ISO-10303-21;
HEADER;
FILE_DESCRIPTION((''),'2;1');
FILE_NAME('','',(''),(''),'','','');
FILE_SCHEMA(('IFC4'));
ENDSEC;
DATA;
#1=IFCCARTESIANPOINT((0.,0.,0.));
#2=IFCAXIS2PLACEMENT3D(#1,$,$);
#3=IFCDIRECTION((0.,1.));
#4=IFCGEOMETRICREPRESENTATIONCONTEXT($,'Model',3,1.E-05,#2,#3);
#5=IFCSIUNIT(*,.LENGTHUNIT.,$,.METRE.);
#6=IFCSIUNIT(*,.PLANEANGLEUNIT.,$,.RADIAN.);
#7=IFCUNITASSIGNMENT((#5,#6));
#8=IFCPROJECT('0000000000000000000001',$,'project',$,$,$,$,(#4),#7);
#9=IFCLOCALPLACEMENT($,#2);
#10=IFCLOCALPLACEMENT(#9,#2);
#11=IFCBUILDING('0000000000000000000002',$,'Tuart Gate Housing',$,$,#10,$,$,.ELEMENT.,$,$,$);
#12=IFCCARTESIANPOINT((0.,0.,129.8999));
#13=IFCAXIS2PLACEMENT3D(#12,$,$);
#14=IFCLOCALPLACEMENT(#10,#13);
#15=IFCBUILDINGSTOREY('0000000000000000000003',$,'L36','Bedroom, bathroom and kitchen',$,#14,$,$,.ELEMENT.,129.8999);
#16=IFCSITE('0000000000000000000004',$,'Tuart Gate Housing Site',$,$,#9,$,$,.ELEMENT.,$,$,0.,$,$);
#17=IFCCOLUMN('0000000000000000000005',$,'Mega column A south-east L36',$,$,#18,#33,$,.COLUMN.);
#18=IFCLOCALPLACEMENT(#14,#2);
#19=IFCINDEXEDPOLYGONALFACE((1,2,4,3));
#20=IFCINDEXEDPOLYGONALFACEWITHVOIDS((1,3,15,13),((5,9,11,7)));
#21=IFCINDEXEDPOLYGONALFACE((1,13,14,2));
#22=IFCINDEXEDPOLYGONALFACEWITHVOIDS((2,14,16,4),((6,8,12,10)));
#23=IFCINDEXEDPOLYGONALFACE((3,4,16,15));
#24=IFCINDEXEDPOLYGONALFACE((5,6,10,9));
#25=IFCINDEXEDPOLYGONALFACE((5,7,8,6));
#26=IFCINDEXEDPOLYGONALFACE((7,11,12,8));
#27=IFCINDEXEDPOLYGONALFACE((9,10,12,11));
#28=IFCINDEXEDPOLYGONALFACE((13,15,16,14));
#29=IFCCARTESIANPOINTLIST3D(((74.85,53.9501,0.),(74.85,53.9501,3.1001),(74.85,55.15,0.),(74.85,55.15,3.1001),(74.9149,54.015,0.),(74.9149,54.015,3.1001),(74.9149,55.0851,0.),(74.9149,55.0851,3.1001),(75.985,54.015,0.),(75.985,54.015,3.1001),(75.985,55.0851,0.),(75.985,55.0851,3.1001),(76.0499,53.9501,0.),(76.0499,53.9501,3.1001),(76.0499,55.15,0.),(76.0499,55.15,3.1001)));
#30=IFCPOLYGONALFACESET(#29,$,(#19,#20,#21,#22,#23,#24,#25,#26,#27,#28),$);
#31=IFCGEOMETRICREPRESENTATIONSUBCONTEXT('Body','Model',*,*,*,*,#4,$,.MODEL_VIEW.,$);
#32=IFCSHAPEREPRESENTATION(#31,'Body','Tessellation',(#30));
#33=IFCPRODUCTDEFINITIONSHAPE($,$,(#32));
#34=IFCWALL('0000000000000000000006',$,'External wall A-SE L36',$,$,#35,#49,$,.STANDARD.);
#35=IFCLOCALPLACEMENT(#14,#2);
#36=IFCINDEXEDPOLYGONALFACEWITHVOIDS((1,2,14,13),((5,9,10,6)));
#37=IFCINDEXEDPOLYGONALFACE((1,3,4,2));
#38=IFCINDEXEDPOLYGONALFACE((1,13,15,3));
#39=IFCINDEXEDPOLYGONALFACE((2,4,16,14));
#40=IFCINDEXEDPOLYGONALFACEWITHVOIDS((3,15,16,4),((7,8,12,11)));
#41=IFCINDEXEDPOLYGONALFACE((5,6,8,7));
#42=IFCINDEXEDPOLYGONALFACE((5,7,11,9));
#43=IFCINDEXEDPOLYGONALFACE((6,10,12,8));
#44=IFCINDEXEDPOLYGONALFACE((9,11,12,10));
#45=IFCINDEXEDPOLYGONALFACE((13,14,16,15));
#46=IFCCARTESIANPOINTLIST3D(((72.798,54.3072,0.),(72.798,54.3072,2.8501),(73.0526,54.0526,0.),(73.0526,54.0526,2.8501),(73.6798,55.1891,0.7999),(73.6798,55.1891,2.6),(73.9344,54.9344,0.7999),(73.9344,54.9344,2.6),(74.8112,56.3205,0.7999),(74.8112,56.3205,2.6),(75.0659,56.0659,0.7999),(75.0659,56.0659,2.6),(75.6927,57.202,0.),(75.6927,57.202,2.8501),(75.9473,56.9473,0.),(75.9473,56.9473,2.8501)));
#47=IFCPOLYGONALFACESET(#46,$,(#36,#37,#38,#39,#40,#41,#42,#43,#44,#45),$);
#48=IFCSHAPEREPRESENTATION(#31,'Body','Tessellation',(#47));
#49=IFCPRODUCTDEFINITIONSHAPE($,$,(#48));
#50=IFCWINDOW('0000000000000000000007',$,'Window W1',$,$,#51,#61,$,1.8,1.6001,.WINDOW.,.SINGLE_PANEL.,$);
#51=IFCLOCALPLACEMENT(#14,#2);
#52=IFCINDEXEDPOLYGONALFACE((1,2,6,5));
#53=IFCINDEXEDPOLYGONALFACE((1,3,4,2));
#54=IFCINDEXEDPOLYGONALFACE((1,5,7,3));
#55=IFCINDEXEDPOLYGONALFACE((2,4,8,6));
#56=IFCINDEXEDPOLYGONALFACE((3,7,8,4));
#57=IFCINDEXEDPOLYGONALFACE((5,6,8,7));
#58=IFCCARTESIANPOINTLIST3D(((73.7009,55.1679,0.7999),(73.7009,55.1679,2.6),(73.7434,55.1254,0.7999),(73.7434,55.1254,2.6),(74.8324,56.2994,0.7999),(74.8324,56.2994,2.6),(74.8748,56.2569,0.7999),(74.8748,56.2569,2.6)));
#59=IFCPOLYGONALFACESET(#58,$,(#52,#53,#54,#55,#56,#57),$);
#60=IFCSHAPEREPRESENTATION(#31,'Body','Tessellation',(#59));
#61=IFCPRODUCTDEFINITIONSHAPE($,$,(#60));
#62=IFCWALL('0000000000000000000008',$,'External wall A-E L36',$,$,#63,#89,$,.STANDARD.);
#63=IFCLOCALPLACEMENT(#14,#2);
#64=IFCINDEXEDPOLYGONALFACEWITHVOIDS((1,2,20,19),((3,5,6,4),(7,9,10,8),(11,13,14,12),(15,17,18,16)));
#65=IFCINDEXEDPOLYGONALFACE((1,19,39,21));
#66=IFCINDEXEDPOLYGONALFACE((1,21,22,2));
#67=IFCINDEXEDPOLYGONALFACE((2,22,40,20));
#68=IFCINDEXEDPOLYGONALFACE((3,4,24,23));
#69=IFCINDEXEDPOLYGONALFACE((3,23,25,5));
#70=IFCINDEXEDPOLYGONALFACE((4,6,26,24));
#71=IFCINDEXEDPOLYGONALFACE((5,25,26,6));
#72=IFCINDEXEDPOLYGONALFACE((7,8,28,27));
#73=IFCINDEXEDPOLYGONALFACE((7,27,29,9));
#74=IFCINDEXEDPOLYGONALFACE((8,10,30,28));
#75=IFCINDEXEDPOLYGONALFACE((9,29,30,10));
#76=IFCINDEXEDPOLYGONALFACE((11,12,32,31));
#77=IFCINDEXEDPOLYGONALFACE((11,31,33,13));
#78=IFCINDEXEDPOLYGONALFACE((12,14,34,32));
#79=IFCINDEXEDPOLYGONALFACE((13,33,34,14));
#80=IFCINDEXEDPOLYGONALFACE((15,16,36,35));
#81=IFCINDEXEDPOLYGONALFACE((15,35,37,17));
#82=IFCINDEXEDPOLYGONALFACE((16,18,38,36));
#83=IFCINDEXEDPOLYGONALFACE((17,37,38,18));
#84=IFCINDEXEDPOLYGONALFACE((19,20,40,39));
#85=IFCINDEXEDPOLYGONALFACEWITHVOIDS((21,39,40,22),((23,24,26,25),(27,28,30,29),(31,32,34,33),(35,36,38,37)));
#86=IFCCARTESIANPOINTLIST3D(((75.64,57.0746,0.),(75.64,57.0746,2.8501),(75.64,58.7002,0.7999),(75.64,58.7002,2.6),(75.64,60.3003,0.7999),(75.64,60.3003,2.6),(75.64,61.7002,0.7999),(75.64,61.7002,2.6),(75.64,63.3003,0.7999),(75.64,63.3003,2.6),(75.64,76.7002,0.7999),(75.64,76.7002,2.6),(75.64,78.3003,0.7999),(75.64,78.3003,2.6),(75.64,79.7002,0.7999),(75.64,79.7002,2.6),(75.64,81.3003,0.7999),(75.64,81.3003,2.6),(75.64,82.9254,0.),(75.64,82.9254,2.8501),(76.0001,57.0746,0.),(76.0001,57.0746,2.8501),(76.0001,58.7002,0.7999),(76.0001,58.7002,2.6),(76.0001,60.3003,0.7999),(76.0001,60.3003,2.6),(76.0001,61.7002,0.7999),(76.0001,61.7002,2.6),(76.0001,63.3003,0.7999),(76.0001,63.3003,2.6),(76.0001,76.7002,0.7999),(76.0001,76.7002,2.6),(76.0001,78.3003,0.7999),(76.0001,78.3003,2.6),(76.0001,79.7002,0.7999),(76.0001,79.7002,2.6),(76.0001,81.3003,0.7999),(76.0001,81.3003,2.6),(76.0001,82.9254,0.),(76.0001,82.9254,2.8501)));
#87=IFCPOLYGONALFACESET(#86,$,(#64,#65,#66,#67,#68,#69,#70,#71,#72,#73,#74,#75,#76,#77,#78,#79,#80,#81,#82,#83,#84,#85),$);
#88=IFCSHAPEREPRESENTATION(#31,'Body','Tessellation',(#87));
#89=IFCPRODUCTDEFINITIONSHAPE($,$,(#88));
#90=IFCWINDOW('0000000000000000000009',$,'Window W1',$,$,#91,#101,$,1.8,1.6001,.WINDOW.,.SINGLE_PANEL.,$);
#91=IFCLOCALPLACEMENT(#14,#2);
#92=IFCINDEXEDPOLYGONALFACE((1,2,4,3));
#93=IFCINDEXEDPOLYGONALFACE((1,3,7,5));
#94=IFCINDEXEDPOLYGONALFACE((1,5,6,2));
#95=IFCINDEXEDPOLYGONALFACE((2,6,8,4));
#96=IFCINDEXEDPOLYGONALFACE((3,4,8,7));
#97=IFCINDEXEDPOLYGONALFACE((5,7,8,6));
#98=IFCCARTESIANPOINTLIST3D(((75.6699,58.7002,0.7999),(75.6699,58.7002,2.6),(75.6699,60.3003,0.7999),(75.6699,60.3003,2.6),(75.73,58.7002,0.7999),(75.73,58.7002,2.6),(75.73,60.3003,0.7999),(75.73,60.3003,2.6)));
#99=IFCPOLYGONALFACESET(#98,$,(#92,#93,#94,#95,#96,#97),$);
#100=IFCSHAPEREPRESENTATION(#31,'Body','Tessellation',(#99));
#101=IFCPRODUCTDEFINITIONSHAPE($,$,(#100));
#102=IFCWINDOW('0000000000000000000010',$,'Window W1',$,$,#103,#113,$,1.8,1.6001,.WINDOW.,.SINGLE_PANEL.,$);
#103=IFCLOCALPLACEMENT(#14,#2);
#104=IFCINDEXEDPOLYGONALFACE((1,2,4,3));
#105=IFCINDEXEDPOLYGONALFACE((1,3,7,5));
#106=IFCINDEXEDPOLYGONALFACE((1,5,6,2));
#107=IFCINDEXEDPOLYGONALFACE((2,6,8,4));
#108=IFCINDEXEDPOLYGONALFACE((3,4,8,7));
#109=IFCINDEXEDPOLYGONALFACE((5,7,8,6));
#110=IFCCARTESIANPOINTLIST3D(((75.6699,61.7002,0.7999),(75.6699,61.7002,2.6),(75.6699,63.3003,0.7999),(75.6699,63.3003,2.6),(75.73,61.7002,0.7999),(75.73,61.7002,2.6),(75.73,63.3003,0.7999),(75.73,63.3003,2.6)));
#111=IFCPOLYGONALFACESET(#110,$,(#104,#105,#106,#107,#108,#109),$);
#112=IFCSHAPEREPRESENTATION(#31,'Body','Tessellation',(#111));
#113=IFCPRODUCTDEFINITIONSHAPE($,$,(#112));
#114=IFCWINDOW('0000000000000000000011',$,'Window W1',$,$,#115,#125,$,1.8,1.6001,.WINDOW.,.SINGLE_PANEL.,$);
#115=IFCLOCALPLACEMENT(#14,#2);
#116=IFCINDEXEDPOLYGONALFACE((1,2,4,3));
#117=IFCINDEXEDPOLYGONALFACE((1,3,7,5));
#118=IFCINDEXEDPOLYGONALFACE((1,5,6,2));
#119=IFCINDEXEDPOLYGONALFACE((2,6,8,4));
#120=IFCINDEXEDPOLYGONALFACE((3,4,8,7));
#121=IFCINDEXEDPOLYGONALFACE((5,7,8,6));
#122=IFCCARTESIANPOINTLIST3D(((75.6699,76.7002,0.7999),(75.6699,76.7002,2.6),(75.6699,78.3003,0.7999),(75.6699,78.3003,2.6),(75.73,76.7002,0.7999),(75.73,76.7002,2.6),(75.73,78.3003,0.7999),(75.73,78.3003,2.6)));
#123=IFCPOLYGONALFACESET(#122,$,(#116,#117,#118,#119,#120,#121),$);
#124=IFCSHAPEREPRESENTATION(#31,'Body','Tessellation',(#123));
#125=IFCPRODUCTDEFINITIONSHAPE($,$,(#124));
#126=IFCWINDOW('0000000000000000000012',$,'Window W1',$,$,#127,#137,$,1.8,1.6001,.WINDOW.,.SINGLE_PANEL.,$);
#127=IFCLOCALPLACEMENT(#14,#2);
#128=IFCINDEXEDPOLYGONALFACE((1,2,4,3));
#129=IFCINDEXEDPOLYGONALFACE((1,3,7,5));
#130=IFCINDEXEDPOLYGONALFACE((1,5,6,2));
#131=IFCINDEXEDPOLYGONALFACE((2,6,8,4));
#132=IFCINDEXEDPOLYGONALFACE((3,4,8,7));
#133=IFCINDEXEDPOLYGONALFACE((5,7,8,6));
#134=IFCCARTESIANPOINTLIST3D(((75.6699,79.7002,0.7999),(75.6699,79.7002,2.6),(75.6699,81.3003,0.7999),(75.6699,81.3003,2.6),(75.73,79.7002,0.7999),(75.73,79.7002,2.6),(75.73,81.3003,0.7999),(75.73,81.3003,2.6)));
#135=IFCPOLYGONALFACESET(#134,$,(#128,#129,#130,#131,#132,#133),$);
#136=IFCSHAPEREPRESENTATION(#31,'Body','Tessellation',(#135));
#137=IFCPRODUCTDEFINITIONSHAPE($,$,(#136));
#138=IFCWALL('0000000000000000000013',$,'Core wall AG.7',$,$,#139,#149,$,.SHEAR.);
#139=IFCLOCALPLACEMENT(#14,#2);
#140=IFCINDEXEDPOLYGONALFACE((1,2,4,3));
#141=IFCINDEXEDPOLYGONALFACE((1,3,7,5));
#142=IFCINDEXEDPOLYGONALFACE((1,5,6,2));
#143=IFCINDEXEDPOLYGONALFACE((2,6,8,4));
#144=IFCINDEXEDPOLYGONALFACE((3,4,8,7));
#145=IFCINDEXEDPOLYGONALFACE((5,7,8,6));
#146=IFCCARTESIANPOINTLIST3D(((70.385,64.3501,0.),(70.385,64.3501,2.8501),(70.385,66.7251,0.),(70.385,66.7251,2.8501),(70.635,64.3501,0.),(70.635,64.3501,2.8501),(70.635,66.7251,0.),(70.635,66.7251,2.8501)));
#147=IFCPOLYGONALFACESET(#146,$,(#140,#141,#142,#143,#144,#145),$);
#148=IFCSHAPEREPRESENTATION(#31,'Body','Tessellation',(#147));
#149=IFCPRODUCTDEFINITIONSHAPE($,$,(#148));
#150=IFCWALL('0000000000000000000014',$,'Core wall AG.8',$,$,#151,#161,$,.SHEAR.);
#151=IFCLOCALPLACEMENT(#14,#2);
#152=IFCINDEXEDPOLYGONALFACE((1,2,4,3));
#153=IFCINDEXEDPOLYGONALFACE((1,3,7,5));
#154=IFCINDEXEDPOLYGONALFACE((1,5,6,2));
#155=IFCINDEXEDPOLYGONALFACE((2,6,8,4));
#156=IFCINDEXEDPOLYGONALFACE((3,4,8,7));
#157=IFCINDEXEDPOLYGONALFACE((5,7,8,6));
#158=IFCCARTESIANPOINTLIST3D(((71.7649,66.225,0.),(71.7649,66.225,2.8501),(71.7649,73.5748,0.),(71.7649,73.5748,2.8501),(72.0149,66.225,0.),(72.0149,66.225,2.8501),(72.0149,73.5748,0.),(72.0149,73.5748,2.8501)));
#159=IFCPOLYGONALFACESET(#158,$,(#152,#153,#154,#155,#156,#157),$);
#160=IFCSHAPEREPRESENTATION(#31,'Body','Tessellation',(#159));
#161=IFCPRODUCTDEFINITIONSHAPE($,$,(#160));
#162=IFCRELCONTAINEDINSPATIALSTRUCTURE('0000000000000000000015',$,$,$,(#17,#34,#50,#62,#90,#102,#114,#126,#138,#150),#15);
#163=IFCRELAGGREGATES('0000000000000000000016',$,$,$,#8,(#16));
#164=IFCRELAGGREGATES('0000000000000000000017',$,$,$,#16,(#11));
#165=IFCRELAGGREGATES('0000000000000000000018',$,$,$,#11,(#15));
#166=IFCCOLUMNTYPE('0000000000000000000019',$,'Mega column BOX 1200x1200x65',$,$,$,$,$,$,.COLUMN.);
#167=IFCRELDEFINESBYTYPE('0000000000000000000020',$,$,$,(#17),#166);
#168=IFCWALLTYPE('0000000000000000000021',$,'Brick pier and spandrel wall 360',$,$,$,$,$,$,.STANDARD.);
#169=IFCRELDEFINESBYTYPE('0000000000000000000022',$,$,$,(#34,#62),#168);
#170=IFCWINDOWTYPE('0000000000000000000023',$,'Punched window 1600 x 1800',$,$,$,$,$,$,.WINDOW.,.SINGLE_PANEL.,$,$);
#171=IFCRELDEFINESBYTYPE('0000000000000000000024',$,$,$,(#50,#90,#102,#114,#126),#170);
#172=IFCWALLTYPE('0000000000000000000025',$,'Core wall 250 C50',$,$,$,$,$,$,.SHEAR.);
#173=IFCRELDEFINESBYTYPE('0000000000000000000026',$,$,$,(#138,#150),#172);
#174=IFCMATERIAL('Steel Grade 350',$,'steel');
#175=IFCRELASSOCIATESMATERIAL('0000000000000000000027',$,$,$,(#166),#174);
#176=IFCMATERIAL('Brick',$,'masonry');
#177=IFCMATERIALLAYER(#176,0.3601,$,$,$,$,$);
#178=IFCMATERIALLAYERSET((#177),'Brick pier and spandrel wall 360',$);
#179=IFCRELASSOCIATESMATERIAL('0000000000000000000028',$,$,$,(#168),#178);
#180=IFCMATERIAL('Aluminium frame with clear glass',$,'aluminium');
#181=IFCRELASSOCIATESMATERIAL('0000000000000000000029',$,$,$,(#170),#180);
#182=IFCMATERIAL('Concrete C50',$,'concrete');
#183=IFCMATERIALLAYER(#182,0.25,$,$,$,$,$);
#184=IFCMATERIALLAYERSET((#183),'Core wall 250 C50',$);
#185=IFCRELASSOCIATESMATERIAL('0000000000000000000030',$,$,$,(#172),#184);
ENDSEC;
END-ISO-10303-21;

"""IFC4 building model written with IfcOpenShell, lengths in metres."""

from ifc_helpers import new_model, si_unit, direction, frame, frame_2d, origin, origin_2d, place, context, subcontext, project, spatial, rectangle, hollow_rectangle, extrude, material, layer, layer_set, material_profile, profile_set, type_object, element, fill, save


model = new_model("IFC4")

# Units and contexts
model_context = context("Model", 3, precision=1e-05, world=origin(), true_north=direction((0.0, 1.0)))
body_context = subcontext(model_context, "Body", "Model", "MODEL_VIEW")
ifc_project = project(units=[si_unit("LENGTHUNIT", "METRE"), si_unit("PLANEANGLEUNIT", "RADIAN")], contexts=[model_context])

# Site, building, storey
site_placement = place(None, origin())
site = spatial("IfcSite", under=ifc_project, at=site_placement, Name="Tuart Gate Housing Site", CompositionType="ELEMENT", RefElevation=0.0)
building_placement = place(site_placement, origin())
building = spatial("IfcBuilding", under=site, at=building_placement, Name="Tuart Gate Housing", CompositionType="ELEMENT")
storey_placement = place(building_placement, frame((0.0, 0.0, 129.8999)))
storey = spatial("IfcBuildingStorey", under=building, at=storey_placement, Name="L36", Description="Bedroom, bathroom and kitchen", CompositionType="ELEMENT", Elevation=129.8999)

# Column
ifc_material_1 = material(Name="Steel Grade 350", Category="steel")
ifc_material_profile = material_profile(ifc_material_1, hollow_rectangle(XDim=1.2, YDim=1.2, WallThickness=0.0649, at=origin_2d()), Name="BOX 1200x1200x65")
ifc_profile_set = profile_set([ifc_material_profile], Name="Steel Grade 350")
column_type = type_object("IfcColumnType", Name="Mega column BOX 1200x1200x65", PredefinedType="COLUMN", material=ifc_profile_set)
column_placement = place(storey_placement, frame((75.45, 54.55, 0.0), z_axis=(0.0, 0.0, 1.0), x_axis=(1.0, 0.0, 0.0)))
element("IfcColumn", 1, at=column_placement, inside=storey, type_object=column_type, Name="Mega column A south-east L36", PredefinedType="COLUMN", context=body_context, shape_type="SweptSolid", body=[
    extrude(hollow_rectangle(XDim=1.2, YDim=1.2, WallThickness=0.0649, at=origin_2d()), origin(), (0.0, 0.0, 1.0), 3.1001),
])

# Wall, opening, window
ifc_material_2 = material(Name="Brick", Category="masonry")
ifc_layer_1 = layer(ifc_material_2, 0.3601)
ifc_layer_set_1 = layer_set([ifc_layer_1], Name="Brick pier and spandrel wall 360")
wall_type_1 = type_object("IfcWallType", Name="Brick pier and spandrel wall 360", PredefinedType="STANDARD", material=ifc_layer_set_1)
wall_1_placement = place(storey_placement, frame((72.9253, 54.1799, 0.0), z_axis=(0.0, 0.0, 1.0), x_axis=(0.707107, 0.707107, 0.0)))
wall_1 = element("IfcWall", 2, at=wall_1_placement, inside=storey, type_object=wall_type_1, Name="External wall A-SE L36", PredefinedType="STANDARD", context=body_context, shape_type="SweptSolid", body=[
    extrude(rectangle(XDim=4.0938, YDim=0.3601, at=frame_2d((2.0469, 0.0))), origin(), (0.0, 0.0, 1.0), 2.8501),
])
opening_1_placement = place(wall_1_placement, frame((1.2471, 0.0, 0.8)))
opening_1 = element("IfcOpeningElement", 3, at=opening_1_placement, cuts=wall_1, PredefinedType="OPENING", context=body_context, shape_type="SweptSolid", body=[
    extrude(rectangle(XDim=1.6001, YDim=1.8, at=frame_2d((0.8, 0.8999))), frame((0.0, 0.1899, 0.0), z_axis=(0.0, -1.0, 0.0), x_axis=(1.0, 0.0, 0.0)), (0.0, 0.0, 1.0), 0.3801),
])
ifc_material_3 = material(Name="Aluminium frame with clear glass", Category="aluminium")
window_type = type_object("IfcWindowType", Name="Punched window 1600 x 1800", PartitioningType="SINGLE_PANEL", PredefinedType="WINDOW", material=ifc_material_3)
window_1_placement = place(opening_1_placement, origin())
window_1 = element("IfcWindow", 4, at=window_1_placement, inside=storey, type_object=window_type, Name="Window W1", OverallHeight=1.8, OverallWidth=1.6001, PartitioningType="SINGLE_PANEL", PredefinedType="WINDOW", context=body_context, shape_type="SweptSolid", body=[
    extrude(rectangle(XDim=1.6001, YDim=1.8, at=frame_2d((0.8, 0.8999))), frame((0.0, 0.1501, 0.0), z_axis=(0.0, -1.0, 0.0), x_axis=(1.0, 0.0, 0.0)), (0.0, 0.0, 1.0), 0.0601),
])
fill(opening_1, window_1)

# Wall, openings, windows
wall_2_placement = place(storey_placement, frame((75.8201, 57.0747, 0.0), z_axis=(0.0, 0.0, 1.0), x_axis=(0.0, 1.0, 0.0)))
wall_2 = element("IfcWall", 5, at=wall_2_placement, inside=storey, type_object=wall_type_1, Name="External wall A-E L36", PredefinedType="STANDARD", context=body_context, shape_type="SweptSolid", body=[
    extrude(rectangle(XDim=25.8508, YDim=0.3601, at=frame_2d((12.9253, 0.0))), origin(), (0.0, 0.0, 1.0), 2.8501),
])
opening_2_placement = place(wall_2_placement, frame((1.6255, 0.0, 0.8)))
opening_2 = element("IfcOpeningElement", 6, at=opening_2_placement, cuts=wall_2, PredefinedType="OPENING", context=body_context, shape_type="SweptSolid", body=[
    extrude(rectangle(XDim=1.6001, YDim=1.8, at=frame_2d((0.8, 0.8999))), frame((0.0, 0.1899, 0.0), z_axis=(0.0, -1.0, 0.0), x_axis=(1.0, 0.0, 0.0)), (0.0, 0.0, 1.0), 0.3801),
])
opening_3_placement = place(wall_2_placement, frame((4.6255, 0.0, 0.8)))
opening_3 = element("IfcOpeningElement", 7, at=opening_3_placement, cuts=wall_2, PredefinedType="OPENING", context=body_context, shape_type="SweptSolid", body=[
    extrude(rectangle(XDim=1.6001, YDim=1.8, at=frame_2d((0.8, 0.8999))), frame((0.0, 0.1899, 0.0), z_axis=(0.0, -1.0, 0.0), x_axis=(1.0, 0.0, 0.0)), (0.0, 0.0, 1.0), 0.3801),
])
opening_4_placement = place(wall_2_placement, frame((19.6255, 0.0, 0.8)))
opening_4 = element("IfcOpeningElement", 8, at=opening_4_placement, cuts=wall_2, PredefinedType="OPENING", context=body_context, shape_type="SweptSolid", body=[
    extrude(rectangle(XDim=1.6001, YDim=1.8, at=frame_2d((0.8, 0.8999))), frame((0.0, 0.1899, 0.0), z_axis=(0.0, -1.0, 0.0), x_axis=(1.0, 0.0, 0.0)), (0.0, 0.0, 1.0), 0.3801),
])
opening_5_placement = place(wall_2_placement, frame((22.6255, 0.0, 0.8)))
opening_5 = element("IfcOpeningElement", 9, at=opening_5_placement, cuts=wall_2, PredefinedType="OPENING", context=body_context, shape_type="SweptSolid", body=[
    extrude(rectangle(XDim=1.6001, YDim=1.8, at=frame_2d((0.8, 0.8999))), frame((0.0, 0.1899, 0.0), z_axis=(0.0, -1.0, 0.0), x_axis=(1.0, 0.0, 0.0)), (0.0, 0.0, 1.0), 0.3801),
])
window_2_placement = place(opening_2_placement, origin())
window_2 = element("IfcWindow", 10, at=window_2_placement, inside=storey, type_object=window_type, Name="Window W1", OverallHeight=1.8, OverallWidth=1.6001, PartitioningType="SINGLE_PANEL", PredefinedType="WINDOW", context=body_context, shape_type="SweptSolid", body=[
    extrude(rectangle(XDim=1.6001, YDim=1.8, at=frame_2d((0.8, 0.8999))), frame((0.0, 0.1501, 0.0), z_axis=(0.0, -1.0, 0.0), x_axis=(1.0, 0.0, 0.0)), (0.0, 0.0, 1.0), 0.0601),
])
fill(opening_2, window_2)
window_3_placement = place(opening_3_placement, origin())
window_3 = element("IfcWindow", 11, at=window_3_placement, inside=storey, type_object=window_type, Name="Window W1", OverallHeight=1.8, OverallWidth=1.6001, PartitioningType="SINGLE_PANEL", PredefinedType="WINDOW", context=body_context, shape_type="SweptSolid", body=[
    extrude(rectangle(XDim=1.6001, YDim=1.8, at=frame_2d((0.8, 0.8999))), frame((0.0, 0.1501, 0.0), z_axis=(0.0, -1.0, 0.0), x_axis=(1.0, 0.0, 0.0)), (0.0, 0.0, 1.0), 0.0601),
])
fill(opening_3, window_3)
window_4_placement = place(opening_4_placement, origin())
window_4 = element("IfcWindow", 12, at=window_4_placement, inside=storey, type_object=window_type, Name="Window W1", OverallHeight=1.8, OverallWidth=1.6001, PartitioningType="SINGLE_PANEL", PredefinedType="WINDOW", context=body_context, shape_type="SweptSolid", body=[
    extrude(rectangle(XDim=1.6001, YDim=1.8, at=frame_2d((0.8, 0.8999))), frame((0.0, 0.1501, 0.0), z_axis=(0.0, -1.0, 0.0), x_axis=(1.0, 0.0, 0.0)), (0.0, 0.0, 1.0), 0.0601),
])
fill(opening_4, window_4)
window_5_placement = place(opening_5_placement, origin())
window_5 = element("IfcWindow", 13, at=window_5_placement, inside=storey, type_object=window_type, Name="Window W1", OverallHeight=1.8, OverallWidth=1.6001, PartitioningType="SINGLE_PANEL", PredefinedType="WINDOW", context=body_context, shape_type="SweptSolid", body=[
    extrude(rectangle(XDim=1.6001, YDim=1.8, at=frame_2d((0.8, 0.8999))), frame((0.0, 0.1501, 0.0), z_axis=(0.0, -1.0, 0.0), x_axis=(1.0, 0.0, 0.0)), (0.0, 0.0, 1.0), 0.0601),
])
fill(opening_5, window_5)

# Walls
ifc_material_4 = material(Name="Concrete C50", Category="concrete")
ifc_layer_2 = layer(ifc_material_4, 0.25)
ifc_layer_set_2 = layer_set([ifc_layer_2], Name="Core wall 250 C50")
wall_type_2 = type_object("IfcWallType", Name="Core wall 250 C50", PredefinedType="SHEAR", material=ifc_layer_set_2)
wall_3_placement = place(storey_placement, frame((70.51, 64.3501, 0.0), z_axis=(0.0, 0.0, 1.0), x_axis=(0.0, 1.0, 0.0)))
element("IfcWall", 14, at=wall_3_placement, inside=storey, type_object=wall_type_2, Name="Core wall AG.7", PredefinedType="SHEAR", context=body_context, shape_type="SweptSolid", body=[
    extrude(rectangle(XDim=2.375, YDim=0.25, at=frame_2d((1.1875, 0.0))), origin(), (0.0, 0.0, 1.0), 2.8501),
])
wall_4_placement = place(storey_placement, frame((71.8899, 66.2251, 0.0), z_axis=(0.0, 0.0, 1.0), x_axis=(0.0, 1.0, 0.0)))
element("IfcWall", 15, at=wall_4_placement, inside=storey, type_object=wall_type_2, Name="Core wall AG.8", PredefinedType="SHEAR", context=body_context, shape_type="SweptSolid", body=[
    extrude(rectangle(XDim=7.3499, YDim=0.25, at=frame_2d((3.6748, 0.0))), origin(), (0.0, 0.0, 1.0), 2.8501),
])

save(model, "model.ifc")
